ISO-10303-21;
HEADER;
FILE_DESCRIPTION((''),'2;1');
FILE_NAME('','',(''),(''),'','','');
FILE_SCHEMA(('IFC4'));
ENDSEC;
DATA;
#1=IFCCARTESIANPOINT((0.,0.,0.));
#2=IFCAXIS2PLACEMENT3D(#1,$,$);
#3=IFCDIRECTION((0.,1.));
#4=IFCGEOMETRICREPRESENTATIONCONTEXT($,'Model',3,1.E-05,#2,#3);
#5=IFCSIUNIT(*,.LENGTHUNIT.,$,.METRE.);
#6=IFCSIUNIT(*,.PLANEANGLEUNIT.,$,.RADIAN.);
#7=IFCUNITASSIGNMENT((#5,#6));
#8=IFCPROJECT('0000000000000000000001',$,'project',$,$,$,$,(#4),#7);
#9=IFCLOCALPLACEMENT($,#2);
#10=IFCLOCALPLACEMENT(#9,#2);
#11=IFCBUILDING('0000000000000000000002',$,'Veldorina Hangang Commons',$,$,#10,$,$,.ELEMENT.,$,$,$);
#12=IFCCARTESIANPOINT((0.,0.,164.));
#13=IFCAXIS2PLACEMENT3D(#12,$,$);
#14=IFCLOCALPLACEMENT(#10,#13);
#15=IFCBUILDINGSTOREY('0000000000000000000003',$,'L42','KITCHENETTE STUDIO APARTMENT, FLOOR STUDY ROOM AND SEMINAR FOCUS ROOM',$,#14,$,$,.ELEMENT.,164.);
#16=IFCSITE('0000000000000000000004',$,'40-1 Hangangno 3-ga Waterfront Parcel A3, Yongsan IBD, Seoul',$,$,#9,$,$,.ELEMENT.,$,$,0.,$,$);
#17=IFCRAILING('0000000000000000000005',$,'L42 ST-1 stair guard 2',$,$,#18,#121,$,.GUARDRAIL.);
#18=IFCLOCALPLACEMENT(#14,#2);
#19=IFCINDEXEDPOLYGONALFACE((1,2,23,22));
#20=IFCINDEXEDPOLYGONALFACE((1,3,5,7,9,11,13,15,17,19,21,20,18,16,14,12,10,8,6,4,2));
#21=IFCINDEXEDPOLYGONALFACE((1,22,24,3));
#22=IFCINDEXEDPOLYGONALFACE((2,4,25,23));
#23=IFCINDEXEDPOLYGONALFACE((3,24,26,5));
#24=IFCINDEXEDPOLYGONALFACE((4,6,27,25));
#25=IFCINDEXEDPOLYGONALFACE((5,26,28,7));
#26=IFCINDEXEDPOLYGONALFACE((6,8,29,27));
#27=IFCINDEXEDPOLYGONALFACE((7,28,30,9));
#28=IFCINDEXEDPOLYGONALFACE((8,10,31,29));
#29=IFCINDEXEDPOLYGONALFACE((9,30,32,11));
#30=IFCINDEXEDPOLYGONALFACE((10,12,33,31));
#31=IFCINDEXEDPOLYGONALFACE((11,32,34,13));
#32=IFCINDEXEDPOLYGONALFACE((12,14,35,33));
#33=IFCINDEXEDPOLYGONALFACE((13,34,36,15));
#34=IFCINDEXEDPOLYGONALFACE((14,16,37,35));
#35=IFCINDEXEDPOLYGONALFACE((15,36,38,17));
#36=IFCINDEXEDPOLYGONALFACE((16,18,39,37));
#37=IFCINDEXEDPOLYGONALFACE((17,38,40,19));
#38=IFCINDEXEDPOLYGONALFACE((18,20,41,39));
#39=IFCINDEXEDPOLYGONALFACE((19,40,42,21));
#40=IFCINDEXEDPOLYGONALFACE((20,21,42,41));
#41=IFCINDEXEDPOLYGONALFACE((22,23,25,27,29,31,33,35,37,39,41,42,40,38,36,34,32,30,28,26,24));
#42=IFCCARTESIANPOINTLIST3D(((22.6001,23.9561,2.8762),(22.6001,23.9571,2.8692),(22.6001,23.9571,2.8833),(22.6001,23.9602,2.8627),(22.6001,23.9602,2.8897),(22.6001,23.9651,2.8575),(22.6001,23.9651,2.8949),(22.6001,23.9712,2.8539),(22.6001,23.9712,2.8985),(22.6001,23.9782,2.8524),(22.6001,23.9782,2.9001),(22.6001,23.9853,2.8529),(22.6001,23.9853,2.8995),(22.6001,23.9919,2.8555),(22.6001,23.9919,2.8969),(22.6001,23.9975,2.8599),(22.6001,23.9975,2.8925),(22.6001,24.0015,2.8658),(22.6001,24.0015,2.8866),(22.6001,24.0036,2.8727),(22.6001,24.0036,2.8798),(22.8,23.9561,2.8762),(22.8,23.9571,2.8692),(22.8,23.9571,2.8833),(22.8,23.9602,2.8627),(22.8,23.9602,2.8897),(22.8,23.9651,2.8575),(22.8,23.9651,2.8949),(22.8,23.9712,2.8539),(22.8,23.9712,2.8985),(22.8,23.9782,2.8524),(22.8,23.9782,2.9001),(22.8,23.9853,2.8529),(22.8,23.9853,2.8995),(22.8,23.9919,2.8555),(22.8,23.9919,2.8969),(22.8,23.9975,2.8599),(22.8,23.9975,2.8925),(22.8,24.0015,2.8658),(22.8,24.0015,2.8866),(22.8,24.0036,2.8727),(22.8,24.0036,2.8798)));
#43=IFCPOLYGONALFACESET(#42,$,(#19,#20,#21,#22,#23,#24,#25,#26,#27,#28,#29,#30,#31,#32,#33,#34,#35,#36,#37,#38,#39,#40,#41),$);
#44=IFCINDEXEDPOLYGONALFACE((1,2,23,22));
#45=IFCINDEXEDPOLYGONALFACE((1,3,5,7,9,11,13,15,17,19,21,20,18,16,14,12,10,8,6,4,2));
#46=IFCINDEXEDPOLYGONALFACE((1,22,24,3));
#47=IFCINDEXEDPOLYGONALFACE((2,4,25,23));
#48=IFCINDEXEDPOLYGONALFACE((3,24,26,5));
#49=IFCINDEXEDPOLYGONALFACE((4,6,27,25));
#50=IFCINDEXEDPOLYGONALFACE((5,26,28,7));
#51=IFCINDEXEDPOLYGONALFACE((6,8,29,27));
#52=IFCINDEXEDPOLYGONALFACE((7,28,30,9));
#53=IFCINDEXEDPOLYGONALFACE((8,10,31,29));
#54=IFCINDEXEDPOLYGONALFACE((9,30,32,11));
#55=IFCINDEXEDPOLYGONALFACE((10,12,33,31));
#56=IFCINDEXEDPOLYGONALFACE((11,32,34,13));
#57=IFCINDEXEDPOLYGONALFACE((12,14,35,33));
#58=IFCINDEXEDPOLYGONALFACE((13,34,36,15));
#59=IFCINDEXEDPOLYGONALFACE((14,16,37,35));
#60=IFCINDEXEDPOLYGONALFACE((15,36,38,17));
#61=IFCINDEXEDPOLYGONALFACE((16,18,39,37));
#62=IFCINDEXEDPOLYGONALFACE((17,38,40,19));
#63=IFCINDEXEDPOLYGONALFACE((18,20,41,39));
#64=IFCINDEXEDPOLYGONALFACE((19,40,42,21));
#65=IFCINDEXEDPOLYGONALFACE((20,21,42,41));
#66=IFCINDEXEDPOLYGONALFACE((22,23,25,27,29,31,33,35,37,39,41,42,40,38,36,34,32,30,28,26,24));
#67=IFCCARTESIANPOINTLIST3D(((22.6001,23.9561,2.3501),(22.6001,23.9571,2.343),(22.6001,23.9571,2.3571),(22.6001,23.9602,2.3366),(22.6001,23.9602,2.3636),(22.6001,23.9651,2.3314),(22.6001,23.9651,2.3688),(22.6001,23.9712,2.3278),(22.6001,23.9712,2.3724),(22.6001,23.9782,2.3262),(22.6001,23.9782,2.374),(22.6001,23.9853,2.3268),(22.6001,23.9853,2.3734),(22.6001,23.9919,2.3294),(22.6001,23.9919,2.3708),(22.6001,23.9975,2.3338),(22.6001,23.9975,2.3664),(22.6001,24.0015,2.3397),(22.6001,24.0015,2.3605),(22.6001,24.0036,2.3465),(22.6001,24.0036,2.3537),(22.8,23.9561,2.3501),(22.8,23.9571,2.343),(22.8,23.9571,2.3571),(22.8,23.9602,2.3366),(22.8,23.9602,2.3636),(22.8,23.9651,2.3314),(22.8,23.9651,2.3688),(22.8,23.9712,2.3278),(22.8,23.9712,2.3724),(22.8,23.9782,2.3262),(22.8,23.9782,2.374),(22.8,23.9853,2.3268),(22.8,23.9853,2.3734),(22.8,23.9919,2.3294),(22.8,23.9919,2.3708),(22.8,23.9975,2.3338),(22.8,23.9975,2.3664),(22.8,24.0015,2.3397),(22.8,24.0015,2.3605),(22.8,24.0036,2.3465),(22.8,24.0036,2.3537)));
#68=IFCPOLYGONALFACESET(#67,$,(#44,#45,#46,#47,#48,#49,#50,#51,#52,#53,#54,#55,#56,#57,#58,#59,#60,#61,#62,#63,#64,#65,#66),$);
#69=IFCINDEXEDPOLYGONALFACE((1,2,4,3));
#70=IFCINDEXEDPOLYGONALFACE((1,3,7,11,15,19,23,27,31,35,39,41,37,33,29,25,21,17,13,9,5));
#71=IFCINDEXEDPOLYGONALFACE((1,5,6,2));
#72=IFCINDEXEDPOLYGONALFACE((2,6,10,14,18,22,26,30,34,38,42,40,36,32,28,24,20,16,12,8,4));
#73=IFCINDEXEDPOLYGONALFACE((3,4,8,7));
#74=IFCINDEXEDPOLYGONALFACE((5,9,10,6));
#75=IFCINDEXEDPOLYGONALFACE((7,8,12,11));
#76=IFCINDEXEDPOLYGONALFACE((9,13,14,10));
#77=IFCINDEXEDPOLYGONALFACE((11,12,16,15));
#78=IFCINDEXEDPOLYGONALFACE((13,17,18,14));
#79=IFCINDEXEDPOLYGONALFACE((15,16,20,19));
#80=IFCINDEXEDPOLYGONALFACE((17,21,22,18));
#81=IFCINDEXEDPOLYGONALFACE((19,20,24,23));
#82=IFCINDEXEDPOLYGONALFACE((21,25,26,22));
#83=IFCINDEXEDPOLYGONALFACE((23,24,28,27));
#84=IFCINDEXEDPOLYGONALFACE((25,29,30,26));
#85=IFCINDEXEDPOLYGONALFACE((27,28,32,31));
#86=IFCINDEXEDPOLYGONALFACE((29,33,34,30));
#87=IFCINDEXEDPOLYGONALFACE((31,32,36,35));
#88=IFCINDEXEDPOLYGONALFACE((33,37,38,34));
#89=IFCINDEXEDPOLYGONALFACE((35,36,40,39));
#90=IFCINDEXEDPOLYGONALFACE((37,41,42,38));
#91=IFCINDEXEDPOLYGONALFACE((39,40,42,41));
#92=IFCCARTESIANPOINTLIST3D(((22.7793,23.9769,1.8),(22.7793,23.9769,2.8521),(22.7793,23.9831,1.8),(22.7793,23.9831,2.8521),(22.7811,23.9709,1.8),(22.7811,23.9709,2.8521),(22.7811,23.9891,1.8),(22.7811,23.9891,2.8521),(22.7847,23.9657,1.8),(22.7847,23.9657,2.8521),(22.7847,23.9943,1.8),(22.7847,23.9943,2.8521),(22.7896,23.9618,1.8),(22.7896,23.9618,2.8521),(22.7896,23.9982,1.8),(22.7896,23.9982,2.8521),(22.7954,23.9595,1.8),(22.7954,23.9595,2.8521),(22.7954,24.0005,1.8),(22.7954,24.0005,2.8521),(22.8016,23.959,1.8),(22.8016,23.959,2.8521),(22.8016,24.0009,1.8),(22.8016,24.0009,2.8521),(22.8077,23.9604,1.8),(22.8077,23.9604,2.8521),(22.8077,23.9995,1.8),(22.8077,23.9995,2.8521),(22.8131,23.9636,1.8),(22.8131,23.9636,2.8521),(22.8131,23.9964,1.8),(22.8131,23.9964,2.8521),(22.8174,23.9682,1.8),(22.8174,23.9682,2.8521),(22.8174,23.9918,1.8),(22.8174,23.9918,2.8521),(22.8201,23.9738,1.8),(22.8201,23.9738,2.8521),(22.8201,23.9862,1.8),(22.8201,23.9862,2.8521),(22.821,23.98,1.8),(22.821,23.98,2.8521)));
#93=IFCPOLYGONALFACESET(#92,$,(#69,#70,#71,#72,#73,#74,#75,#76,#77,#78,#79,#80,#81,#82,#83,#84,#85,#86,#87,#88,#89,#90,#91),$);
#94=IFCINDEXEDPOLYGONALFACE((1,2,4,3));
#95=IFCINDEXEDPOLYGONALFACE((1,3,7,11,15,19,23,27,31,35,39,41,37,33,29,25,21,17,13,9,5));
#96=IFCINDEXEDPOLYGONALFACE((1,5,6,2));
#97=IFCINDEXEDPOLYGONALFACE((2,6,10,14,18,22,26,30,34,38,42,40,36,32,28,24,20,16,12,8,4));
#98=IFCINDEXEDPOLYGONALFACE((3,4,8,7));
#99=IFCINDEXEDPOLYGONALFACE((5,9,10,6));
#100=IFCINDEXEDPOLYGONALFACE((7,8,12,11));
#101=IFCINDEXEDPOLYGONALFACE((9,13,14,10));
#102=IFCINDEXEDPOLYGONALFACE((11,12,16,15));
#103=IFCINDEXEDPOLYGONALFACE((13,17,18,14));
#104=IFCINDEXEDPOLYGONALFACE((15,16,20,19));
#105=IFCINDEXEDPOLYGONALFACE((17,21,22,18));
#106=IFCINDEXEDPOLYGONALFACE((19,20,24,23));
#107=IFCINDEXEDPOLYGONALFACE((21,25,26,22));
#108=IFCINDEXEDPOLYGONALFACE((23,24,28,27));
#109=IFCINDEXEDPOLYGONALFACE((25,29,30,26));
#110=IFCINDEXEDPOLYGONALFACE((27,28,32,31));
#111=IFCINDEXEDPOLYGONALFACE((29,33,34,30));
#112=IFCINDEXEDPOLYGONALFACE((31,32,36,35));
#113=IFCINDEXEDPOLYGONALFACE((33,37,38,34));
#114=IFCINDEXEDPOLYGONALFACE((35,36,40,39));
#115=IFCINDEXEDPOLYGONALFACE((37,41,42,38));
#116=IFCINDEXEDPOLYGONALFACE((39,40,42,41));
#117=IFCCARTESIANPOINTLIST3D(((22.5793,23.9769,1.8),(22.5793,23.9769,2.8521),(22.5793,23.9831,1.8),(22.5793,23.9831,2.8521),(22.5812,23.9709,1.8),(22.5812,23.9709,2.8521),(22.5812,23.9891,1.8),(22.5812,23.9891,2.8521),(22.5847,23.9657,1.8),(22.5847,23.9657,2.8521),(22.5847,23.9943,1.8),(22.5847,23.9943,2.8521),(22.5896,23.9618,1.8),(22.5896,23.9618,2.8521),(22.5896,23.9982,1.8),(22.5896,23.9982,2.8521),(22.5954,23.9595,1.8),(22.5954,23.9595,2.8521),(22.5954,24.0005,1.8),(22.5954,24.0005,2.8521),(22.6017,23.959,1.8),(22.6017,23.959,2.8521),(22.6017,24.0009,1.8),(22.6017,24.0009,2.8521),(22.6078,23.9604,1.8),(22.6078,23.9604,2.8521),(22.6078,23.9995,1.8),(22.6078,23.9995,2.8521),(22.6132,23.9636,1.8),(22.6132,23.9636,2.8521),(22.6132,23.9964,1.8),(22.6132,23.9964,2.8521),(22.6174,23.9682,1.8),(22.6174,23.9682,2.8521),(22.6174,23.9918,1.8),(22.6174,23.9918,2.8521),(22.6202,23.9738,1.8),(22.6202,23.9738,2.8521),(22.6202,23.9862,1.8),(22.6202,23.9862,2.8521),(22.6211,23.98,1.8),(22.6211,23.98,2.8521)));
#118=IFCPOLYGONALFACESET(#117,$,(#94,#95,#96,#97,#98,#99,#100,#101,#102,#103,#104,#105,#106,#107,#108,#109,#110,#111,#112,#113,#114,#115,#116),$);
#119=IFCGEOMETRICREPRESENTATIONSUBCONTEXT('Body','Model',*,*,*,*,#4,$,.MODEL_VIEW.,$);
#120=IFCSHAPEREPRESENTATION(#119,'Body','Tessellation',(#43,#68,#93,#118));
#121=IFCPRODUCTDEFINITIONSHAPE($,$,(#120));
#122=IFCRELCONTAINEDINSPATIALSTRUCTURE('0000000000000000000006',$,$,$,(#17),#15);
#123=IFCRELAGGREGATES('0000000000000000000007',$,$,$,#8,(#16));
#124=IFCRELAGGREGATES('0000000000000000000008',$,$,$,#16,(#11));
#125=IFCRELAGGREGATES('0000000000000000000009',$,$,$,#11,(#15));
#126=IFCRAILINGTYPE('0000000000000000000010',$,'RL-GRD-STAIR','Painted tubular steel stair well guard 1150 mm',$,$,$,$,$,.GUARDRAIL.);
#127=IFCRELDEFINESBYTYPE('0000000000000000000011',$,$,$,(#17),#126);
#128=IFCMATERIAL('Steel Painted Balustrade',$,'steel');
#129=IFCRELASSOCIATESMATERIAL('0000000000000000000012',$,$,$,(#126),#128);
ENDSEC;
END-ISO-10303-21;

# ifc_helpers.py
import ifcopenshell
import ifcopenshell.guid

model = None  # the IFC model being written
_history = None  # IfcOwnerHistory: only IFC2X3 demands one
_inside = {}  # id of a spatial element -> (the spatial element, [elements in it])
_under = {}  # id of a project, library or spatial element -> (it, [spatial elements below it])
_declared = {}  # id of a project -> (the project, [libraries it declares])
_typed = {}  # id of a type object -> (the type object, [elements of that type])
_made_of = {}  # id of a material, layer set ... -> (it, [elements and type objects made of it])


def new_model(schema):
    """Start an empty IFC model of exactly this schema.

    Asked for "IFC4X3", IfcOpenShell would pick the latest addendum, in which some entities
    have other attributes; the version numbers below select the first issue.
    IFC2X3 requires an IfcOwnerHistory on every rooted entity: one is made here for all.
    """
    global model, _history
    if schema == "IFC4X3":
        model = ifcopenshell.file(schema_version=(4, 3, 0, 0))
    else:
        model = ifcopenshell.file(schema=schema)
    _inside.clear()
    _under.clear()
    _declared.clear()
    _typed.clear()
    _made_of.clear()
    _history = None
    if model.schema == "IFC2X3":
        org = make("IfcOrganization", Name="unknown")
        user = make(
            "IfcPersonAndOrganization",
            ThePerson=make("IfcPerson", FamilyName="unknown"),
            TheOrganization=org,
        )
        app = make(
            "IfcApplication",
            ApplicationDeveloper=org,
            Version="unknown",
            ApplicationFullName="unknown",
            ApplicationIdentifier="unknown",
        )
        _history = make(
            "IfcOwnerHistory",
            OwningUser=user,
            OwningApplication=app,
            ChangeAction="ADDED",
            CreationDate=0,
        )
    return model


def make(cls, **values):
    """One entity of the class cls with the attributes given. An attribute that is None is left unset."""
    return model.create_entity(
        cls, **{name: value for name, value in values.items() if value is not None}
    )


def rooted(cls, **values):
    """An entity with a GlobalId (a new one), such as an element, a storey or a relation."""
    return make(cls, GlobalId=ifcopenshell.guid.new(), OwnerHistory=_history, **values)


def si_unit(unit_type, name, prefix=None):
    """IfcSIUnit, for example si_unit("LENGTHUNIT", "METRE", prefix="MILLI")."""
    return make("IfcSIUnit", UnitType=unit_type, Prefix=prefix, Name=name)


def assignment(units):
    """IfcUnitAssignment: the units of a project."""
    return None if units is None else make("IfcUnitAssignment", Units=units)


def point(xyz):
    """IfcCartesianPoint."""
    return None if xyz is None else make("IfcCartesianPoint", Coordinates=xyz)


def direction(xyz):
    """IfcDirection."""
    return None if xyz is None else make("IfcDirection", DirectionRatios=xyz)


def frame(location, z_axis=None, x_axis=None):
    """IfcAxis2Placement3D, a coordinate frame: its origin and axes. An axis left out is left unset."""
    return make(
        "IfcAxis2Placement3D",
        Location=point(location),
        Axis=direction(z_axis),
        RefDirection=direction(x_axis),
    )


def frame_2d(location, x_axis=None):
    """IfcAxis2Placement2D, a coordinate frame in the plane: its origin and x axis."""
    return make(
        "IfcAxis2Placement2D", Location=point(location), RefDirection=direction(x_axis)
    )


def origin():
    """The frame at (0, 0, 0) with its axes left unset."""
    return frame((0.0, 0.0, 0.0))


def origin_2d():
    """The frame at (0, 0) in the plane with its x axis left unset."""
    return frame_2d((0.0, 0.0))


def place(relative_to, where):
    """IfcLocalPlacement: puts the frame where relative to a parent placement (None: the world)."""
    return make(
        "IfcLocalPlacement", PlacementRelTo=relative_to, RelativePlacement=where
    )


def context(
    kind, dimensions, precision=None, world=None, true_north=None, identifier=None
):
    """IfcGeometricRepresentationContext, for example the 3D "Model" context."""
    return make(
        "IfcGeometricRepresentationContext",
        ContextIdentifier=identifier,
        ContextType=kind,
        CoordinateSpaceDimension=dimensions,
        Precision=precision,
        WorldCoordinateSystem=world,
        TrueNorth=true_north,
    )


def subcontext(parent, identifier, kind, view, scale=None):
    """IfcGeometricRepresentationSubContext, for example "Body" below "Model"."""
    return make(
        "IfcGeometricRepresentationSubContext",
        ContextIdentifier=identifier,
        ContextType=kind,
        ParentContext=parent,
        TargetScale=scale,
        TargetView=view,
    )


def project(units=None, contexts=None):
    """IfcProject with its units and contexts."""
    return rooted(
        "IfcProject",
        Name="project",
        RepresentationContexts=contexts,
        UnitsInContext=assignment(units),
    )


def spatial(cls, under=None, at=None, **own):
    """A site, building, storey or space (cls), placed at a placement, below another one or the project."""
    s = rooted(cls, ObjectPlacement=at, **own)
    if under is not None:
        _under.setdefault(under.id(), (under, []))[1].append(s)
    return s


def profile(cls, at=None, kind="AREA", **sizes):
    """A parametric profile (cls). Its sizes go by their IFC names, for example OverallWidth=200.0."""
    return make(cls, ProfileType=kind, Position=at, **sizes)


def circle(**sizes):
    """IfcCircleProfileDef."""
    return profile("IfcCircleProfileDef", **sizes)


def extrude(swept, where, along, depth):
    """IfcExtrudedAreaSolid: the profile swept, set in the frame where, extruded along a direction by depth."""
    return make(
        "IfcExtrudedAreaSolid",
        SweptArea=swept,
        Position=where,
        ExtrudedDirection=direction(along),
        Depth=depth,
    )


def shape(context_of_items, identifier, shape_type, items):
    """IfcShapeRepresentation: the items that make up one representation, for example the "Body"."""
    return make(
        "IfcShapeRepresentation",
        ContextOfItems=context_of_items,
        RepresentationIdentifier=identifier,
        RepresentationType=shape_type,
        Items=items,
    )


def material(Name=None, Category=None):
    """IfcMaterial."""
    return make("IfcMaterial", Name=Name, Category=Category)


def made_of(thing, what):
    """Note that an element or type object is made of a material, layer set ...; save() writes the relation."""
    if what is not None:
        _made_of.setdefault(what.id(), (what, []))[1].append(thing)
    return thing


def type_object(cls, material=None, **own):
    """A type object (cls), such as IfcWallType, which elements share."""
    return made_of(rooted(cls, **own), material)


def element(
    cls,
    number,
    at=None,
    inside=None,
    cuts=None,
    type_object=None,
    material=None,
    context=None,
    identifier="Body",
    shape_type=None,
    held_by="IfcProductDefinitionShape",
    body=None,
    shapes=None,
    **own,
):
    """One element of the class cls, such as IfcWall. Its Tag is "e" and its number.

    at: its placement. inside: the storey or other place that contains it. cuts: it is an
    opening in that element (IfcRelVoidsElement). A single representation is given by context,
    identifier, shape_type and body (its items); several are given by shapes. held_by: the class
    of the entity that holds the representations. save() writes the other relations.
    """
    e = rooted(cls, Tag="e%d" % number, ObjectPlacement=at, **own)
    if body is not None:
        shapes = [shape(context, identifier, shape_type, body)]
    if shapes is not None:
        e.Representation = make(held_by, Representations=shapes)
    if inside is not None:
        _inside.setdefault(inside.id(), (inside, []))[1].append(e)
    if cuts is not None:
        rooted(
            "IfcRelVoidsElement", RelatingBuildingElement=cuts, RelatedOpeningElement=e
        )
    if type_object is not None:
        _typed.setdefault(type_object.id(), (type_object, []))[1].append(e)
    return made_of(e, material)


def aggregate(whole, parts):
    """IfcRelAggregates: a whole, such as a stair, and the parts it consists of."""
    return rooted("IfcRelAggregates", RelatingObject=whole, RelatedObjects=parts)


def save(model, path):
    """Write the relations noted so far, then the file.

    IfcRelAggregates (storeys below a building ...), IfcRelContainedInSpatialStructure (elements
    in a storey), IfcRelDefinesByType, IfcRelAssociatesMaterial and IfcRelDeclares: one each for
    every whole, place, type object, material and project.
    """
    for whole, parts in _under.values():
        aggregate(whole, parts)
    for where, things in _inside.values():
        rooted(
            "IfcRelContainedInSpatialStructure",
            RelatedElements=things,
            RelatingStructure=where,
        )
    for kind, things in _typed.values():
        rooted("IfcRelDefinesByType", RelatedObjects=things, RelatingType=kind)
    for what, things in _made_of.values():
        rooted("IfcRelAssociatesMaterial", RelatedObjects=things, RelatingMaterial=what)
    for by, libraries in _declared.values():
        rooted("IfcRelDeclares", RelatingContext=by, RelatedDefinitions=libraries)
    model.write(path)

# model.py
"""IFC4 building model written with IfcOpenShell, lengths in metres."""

from ifc_helpers import new_model, si_unit, direction, frame, origin, origin_2d, place, context, subcontext, project, spatial, circle, extrude, material, type_object, element, save


model = new_model("IFC4")

# Units and contexts
model_context = context("Model", 3, precision=1e-05, world=origin(), true_north=direction((0.0, 1.0)))
body_context = subcontext(model_context, "Body", "Model", "MODEL_VIEW")
ifc_project = project(units=[si_unit("LENGTHUNIT", "METRE"), si_unit("PLANEANGLEUNIT", "RADIAN")], contexts=[model_context])

# Site, building, storey
site_placement = place(None, origin())
site = spatial("IfcSite", under=ifc_project, at=site_placement, Name="40-1 Hangangno 3-ga Waterfront Parcel A3, Yongsan IBD, Seoul", CompositionType="ELEMENT", RefElevation=0.0)
building_placement = place(site_placement, origin())
building = spatial("IfcBuilding", under=site, at=building_placement, Name="Veldorina Hangang Commons", CompositionType="ELEMENT")
storey_placement = place(building_placement, frame((0.0, 0.0, 164.0)))
storey = spatial("IfcBuildingStorey", under=building, at=storey_placement, Name="L42", Description="KITCHENETTE STUDIO APARTMENT, FLOOR STUDY ROOM AND SEMINAR FOCUS ROOM", CompositionType="ELEMENT", Elevation=164.0)

# Railing
ifc_material_1 = material(Name="Steel Painted Balustrade", Category="steel")
railing_type = type_object("IfcRailingType", Name="RL-GRD-STAIR", Description="Painted tubular steel stair well guard 1150 mm", PredefinedType="GUARDRAIL", material=ifc_material_1)
railing_1_placement = place(storey_placement, frame((22.8, 23.98, 1.8)))
element("IfcRailing", 1, at=railing_1_placement, inside=storey, type_object=railing_type, Name="L42 ST-1 stair guard 2", PredefinedType="GUARDRAIL", context=body_context, shape_type="SweptSolid", body=[
    extrude(circle(Radius=0.0239, at=origin_2d()), frame((0.0, 0.0, 1.0762), z_axis=(-1.0, 0.0, 0.0), x_axis=(0.0, -1.0, 0.0)), (0.0, 0.0, 1.0), 0.2),
    extrude(circle(Radius=0.0239, at=origin_2d()), frame((0.0, 0.0, 0.55), z_axis=(-1.0, 0.0, 0.0), x_axis=(0.0, -1.0, 0.0)), (0.0, 0.0, 1.0), 0.2),
    extrude(circle(Radius=0.021, at=origin_2d()), origin(), (0.0, 0.0, 1.0), 1.052),
    extrude(circle(Radius=0.021, at=origin_2d()), frame((-0.2, 0.0, 0.0)), (0.0, 0.0, 1.0), 1.052),
])

save(model, "model.ifc")
